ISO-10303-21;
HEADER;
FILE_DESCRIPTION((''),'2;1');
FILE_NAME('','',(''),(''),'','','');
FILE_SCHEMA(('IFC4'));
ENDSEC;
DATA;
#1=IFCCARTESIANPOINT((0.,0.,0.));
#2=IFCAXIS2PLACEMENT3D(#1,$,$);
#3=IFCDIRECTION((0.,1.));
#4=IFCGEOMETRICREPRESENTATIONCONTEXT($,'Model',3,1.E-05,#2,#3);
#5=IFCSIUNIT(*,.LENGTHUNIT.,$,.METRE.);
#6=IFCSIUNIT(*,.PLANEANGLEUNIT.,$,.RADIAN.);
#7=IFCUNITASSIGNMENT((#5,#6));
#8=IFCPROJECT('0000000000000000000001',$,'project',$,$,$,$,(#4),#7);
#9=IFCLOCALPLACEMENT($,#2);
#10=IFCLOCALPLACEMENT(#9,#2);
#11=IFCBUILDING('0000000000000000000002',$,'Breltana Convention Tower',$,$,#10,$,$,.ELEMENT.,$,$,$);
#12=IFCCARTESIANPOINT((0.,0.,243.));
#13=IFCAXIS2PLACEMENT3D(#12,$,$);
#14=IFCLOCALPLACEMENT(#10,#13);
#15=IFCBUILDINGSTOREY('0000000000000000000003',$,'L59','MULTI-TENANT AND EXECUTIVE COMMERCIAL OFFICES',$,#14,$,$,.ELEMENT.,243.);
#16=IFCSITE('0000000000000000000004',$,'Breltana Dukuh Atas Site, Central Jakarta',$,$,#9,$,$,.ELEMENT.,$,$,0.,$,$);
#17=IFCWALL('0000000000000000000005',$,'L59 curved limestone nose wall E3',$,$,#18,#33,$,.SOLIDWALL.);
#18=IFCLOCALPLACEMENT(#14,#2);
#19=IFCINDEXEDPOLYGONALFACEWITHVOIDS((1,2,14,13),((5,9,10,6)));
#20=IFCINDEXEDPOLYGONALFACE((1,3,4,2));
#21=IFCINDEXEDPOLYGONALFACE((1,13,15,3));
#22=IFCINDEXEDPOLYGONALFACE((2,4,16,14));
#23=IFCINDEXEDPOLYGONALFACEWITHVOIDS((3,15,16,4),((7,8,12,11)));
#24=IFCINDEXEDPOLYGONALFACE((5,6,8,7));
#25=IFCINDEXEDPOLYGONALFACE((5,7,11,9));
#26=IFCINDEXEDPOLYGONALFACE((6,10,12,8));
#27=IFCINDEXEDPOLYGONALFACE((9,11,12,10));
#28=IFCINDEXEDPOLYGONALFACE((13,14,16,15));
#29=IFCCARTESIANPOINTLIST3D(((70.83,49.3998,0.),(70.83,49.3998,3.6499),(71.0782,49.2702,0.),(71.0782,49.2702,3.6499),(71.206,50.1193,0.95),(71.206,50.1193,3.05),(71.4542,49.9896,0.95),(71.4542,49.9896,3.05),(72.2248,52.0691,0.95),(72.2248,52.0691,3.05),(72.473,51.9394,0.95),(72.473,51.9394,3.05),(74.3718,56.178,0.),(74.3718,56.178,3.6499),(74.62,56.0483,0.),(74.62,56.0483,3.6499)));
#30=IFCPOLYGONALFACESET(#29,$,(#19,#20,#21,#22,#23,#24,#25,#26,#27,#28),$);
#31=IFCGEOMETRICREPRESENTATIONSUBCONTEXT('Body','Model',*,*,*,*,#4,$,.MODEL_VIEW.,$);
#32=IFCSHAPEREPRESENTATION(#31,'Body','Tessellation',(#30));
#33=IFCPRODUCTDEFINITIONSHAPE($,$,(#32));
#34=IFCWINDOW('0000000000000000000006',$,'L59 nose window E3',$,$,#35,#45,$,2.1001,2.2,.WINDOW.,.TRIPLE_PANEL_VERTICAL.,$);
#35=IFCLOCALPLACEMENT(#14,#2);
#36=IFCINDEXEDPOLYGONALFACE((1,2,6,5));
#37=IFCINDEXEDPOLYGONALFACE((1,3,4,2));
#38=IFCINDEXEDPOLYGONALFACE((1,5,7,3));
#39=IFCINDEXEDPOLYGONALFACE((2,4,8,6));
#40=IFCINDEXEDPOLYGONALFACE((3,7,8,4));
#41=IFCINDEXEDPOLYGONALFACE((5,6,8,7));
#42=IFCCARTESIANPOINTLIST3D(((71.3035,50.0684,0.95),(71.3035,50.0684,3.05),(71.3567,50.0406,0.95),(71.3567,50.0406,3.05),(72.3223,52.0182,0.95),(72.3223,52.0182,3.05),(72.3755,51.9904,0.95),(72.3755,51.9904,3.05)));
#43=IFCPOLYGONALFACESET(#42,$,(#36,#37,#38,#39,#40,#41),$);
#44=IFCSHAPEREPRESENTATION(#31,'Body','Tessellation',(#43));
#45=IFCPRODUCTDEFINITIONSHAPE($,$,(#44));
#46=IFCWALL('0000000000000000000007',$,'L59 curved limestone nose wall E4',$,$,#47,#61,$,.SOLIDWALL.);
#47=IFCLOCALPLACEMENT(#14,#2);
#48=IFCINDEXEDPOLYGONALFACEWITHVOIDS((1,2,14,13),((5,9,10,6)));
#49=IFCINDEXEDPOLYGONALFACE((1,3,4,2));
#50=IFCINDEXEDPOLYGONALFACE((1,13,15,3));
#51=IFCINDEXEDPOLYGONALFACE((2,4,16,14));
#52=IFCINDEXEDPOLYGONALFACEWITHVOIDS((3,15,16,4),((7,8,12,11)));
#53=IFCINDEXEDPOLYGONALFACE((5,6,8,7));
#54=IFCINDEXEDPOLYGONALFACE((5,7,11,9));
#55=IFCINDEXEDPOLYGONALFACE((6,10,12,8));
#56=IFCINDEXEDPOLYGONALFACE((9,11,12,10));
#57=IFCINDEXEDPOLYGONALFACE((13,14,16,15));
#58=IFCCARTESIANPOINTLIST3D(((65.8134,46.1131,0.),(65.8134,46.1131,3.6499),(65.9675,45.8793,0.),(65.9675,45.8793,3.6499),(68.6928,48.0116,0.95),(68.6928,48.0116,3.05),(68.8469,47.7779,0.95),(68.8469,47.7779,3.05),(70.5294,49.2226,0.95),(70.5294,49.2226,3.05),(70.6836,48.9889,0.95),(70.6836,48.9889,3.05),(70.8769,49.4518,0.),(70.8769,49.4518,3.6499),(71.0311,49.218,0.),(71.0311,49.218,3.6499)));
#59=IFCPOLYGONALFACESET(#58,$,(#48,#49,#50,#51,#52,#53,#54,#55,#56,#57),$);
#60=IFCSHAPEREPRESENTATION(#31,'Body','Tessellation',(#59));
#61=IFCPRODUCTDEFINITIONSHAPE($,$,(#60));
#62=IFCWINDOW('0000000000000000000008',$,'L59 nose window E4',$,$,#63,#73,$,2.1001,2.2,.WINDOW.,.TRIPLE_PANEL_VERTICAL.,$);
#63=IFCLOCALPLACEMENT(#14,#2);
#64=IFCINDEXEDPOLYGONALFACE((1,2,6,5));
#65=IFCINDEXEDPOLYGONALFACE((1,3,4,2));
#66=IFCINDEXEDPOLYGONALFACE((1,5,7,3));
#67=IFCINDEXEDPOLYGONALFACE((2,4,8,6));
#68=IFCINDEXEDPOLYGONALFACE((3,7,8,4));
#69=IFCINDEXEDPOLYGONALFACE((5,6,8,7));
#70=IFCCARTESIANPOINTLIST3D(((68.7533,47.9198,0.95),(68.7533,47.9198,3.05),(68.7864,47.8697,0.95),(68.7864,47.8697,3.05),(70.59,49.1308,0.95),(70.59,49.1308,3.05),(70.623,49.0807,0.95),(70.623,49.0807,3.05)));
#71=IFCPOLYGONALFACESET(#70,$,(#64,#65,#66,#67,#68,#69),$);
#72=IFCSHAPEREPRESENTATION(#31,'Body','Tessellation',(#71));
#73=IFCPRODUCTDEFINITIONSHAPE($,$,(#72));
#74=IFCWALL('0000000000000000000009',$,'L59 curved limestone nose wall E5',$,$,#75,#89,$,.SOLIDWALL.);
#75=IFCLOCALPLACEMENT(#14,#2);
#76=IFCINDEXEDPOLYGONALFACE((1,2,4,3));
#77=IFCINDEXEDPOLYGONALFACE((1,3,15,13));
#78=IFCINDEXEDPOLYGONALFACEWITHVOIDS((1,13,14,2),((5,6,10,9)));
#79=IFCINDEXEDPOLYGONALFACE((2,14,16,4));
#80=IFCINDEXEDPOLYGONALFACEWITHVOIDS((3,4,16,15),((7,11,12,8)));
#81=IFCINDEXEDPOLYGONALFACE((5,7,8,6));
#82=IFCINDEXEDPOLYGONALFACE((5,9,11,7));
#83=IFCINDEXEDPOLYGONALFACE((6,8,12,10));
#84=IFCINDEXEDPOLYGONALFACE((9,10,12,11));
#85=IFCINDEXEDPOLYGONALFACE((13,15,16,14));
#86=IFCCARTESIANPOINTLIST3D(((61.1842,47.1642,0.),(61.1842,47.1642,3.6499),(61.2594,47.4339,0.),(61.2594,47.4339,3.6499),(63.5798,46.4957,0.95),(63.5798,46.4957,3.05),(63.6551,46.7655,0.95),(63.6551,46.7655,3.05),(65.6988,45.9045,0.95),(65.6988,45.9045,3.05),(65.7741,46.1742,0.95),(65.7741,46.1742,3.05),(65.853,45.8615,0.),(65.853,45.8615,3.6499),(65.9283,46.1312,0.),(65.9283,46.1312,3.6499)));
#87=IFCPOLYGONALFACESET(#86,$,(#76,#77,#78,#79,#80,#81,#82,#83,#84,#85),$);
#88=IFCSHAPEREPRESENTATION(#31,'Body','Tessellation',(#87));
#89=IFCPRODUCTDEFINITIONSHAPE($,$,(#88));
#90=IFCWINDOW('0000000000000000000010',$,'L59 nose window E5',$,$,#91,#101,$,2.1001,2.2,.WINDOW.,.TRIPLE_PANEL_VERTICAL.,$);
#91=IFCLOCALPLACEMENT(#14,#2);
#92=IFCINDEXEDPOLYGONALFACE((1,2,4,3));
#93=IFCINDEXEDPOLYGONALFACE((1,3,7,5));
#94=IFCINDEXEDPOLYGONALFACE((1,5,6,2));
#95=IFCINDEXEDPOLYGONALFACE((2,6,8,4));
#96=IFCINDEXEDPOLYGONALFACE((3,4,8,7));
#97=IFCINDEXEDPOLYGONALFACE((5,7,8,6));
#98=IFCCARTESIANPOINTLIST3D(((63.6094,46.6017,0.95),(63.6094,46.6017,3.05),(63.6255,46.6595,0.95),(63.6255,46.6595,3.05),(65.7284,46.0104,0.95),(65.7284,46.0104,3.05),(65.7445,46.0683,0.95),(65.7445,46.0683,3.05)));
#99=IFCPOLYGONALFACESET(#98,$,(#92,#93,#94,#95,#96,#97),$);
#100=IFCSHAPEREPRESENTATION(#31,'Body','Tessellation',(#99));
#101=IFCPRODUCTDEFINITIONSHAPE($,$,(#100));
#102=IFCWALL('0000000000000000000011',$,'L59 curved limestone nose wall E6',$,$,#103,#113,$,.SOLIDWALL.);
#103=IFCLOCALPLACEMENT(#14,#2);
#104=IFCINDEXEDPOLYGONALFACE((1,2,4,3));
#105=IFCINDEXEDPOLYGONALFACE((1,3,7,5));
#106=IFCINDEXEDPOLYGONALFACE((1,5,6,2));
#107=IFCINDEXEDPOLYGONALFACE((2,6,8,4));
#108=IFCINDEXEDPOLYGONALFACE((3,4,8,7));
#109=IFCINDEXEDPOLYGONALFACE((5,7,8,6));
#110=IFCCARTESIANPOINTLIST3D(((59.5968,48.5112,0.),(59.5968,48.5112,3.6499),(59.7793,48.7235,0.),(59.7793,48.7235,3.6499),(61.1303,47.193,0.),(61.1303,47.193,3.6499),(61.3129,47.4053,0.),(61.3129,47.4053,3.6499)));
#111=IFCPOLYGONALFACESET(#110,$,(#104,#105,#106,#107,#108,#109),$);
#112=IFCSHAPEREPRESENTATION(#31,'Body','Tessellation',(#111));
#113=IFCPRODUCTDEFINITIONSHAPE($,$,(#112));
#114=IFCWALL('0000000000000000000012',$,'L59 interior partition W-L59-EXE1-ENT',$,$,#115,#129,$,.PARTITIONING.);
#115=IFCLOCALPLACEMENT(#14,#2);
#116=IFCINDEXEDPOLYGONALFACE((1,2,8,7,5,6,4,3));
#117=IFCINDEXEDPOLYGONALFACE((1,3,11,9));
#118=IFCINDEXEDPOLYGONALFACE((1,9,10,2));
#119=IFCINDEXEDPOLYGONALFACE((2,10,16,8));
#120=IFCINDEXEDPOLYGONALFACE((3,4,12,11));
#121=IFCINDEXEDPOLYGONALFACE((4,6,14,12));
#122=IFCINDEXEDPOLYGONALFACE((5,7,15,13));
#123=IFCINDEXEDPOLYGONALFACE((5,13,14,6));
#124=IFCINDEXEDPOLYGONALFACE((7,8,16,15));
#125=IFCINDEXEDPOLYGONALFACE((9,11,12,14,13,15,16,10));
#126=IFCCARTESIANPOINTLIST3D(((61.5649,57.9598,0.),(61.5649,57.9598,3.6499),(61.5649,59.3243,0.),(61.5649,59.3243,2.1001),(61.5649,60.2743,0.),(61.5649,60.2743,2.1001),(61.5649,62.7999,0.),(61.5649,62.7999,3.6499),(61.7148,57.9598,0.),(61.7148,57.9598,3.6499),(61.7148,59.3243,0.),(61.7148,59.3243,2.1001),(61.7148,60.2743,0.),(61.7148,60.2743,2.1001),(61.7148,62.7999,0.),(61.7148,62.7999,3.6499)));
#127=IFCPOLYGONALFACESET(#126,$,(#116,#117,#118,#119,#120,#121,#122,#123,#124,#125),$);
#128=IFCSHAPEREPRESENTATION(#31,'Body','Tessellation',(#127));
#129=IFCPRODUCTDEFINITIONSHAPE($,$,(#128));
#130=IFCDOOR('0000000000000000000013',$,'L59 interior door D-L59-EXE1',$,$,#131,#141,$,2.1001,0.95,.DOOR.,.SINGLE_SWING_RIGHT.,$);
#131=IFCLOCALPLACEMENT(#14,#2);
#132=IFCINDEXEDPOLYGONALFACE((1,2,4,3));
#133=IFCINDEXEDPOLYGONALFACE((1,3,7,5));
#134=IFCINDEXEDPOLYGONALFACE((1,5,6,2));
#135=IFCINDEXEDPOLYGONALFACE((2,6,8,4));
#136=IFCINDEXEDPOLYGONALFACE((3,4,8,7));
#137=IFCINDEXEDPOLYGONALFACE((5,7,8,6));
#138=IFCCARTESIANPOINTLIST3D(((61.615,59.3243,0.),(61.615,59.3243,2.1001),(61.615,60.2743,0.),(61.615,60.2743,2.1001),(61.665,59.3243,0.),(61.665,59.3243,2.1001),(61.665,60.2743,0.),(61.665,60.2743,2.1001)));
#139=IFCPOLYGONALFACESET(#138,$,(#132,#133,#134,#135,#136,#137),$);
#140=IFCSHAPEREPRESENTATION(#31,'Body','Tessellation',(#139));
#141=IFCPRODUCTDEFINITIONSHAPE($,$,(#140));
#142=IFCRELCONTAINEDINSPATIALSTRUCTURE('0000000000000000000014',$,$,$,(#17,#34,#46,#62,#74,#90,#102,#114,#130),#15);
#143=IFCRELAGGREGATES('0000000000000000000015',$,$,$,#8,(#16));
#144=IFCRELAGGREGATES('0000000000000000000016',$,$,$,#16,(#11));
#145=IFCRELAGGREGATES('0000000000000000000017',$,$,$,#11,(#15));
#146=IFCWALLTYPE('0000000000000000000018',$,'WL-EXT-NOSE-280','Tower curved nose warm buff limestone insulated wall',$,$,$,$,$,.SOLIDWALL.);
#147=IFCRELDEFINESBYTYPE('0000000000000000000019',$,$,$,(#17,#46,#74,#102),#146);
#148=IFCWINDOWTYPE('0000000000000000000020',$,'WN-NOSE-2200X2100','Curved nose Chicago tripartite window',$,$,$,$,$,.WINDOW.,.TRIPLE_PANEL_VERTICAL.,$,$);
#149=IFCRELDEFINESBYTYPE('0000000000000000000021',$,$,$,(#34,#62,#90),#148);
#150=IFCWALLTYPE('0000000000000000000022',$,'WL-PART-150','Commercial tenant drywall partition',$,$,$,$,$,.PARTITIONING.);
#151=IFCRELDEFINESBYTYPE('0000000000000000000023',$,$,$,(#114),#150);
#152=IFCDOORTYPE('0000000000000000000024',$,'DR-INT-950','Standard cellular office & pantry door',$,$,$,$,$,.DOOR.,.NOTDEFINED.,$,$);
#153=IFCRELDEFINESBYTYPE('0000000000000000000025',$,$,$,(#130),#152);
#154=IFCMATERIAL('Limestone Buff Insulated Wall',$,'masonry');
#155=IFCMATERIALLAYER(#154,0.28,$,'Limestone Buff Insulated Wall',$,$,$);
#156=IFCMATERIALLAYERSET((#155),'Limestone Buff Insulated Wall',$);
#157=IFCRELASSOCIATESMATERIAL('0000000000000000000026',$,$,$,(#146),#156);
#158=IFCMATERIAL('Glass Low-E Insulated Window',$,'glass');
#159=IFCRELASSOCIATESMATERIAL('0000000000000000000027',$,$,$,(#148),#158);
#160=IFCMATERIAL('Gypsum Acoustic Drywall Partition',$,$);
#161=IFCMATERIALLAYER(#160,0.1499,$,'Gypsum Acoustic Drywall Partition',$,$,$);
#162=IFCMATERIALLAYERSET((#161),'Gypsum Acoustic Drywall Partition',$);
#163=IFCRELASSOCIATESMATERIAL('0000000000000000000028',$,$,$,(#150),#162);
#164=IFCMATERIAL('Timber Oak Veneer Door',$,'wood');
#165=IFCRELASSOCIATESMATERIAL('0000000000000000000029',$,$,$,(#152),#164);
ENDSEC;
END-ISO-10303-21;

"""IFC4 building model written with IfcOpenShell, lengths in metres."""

from ifc_helpers import new_model, si_unit, direction, frame, frame_2d, origin, place, context, subcontext, project, spatial, rectangle, extrude, source, transform, mapped, material, layer, layer_set, type_object, type_shapes, element, fill, save


model = new_model("IFC4")

# Units and contexts
model_context = context("Model", 3, precision=1e-05, world=origin(), true_north=direction((0.0, 1.0)))
body_context = subcontext(model_context, "Body", "Model", "MODEL_VIEW")
ifc_project = project(units=[si_unit("LENGTHUNIT", "METRE"), si_unit("PLANEANGLEUNIT", "RADIAN")], contexts=[model_context])

# Site, building, storey
site_placement = place(None, origin())
site = spatial("IfcSite", under=ifc_project, at=site_placement, Name="Breltana Dukuh Atas Site, Central Jakarta", CompositionType="ELEMENT", RefElevation=0.0)
building_placement = place(site_placement, origin())
building = spatial("IfcBuilding", under=site, at=building_placement, Name="Breltana Convention Tower", CompositionType="ELEMENT")
storey_placement = place(building_placement, frame((0.0, 0.0, 243.0)))
storey = spatial("IfcBuildingStorey", under=building, at=storey_placement, Name="L59", Description="MULTI-TENANT AND EXECUTIVE COMMERCIAL OFFICES", CompositionType="ELEMENT", Elevation=243.0)

# Walls, openings, windows
ifc_material_1 = material(Name="Limestone Buff Insulated Wall", Category="masonry")
ifc_layer_1 = layer(ifc_material_1, 0.28, Name="Limestone Buff Insulated Wall")
ifc_layer_set_1 = layer_set([ifc_layer_1], Name="Limestone Buff Insulated Wall")
wall_type_1 = type_object("IfcWallType", Name="WL-EXT-NOSE-280", Description="Tower curved nose warm buff limestone insulated wall", PredefinedType="SOLIDWALL", material=ifc_layer_set_1)
shared_shape_1 = source(origin(), body_context, "Body", "SweptSolid", [
    extrude(rectangle(XDim=7.6477, YDim=0.28, at=frame_2d((3.8237, 0.0))), origin(), (0.0, 0.0, 1.0), 3.6499),
])
wall_1_placement = place(storey_placement, frame((74.4958, 56.113, 0.0), z_axis=(0.0, 0.0, 1.0), x_axis=(-0.463117, -0.886297, 0.0)))
wall_1 = element("IfcWall", 1, at=wall_1_placement, inside=storey, type_object=wall_type_1, Name="L59 curved limestone nose wall E3", PredefinedType="SOLIDWALL", context=body_context, shape_type="MappedRepresentation", body=[
    mapped(shared_shape_1, transform((0.0, 0.0, 0.0), scale=1.0)),
])
opening_1_placement = place(wall_1_placement, frame((4.6357, 0.0, 0.95)))
opening_1 = element("IfcOpeningElement", 2, at=opening_1_placement, cuts=wall_1, PredefinedType="OPENING", context=body_context, shape_type="SweptSolid", body=[
    extrude(rectangle(XDim=2.2, YDim=2.1001, at=frame_2d((1.1001, 1.05))), frame((0.0, 0.1499, 0.0), z_axis=(0.0, -1.0, 0.0), x_axis=(1.0, 0.0, 0.0)), (0.0, 0.0, 1.0), 0.3),
])
ifc_material_2 = material(Name="Glass Low-E Insulated Window", Category="glass")
window_type = type_object("IfcWindowType", Name="WN-NOSE-2200X2100", Description="Curved nose Chicago tripartite window", PartitioningType="TRIPLE_PANEL_VERTICAL", PredefinedType="WINDOW", material=ifc_material_2)
shared_shape_2 = source(origin(), body_context, "Body", "SweptSolid", [
    extrude(rectangle(XDim=2.2, YDim=2.1001, at=frame_2d((1.1001, 1.05))), frame((0.0, 0.03, 0.0), z_axis=(0.0, -1.0, 0.0), x_axis=(1.0, 0.0, 0.0)), (0.0, 0.0, 1.0), 0.0601),
])
type_shapes(window_type, [shared_shape_2])
window_1_placement = place(opening_1_placement, origin())
window_1 = element("IfcWindow", 3, at=window_1_placement, inside=storey, type_object=window_type, Name="L59 nose window E3", OverallHeight=2.1001, OverallWidth=2.2, PartitioningType="TRIPLE_PANEL_VERTICAL", PredefinedType="WINDOW", context=body_context, shape_type="MappedRepresentation", body=[
    mapped(shared_shape_2, transform((0.0, 0.0, 0.0), scale=1.0)),
])
fill(opening_1, window_1)
shared_shape_3 = source(origin(), body_context, "Body", "SweptSolid", [
    extrude(rectangle(XDim=6.0652, YDim=0.28, at=frame_2d((3.0327, 0.0))), origin(), (0.0, 0.0, 1.0), 3.6499),
])
wall_2_placement = place(storey_placement, frame((70.9541, 49.335, 0.0), z_axis=(0.0, 0.0, 1.0), x_axis=(-0.834857, -0.550466, 0.0)))
wall_2 = element("IfcWall", 4, at=wall_2_placement, inside=storey, type_object=wall_type_1, Name="L59 curved limestone nose wall E4", PredefinedType="SOLIDWALL", context=body_context, shape_type="MappedRepresentation", body=[
    mapped(shared_shape_3, transform((0.0, 0.0, 0.0), scale=1.0)),
])
opening_2_placement = place(wall_2_placement, frame((0.4163, 0.0, 0.95)))
opening_2 = element("IfcOpeningElement", 5, at=opening_2_placement, cuts=wall_2, PredefinedType="OPENING", context=body_context, shape_type="SweptSolid", body=[
    extrude(rectangle(XDim=2.2, YDim=2.1001, at=frame_2d((1.1001, 1.05))), frame((0.0, 0.1499, 0.0), z_axis=(0.0, -1.0, 0.0), x_axis=(1.0, 0.0, 0.0)), (0.0, 0.0, 1.0), 0.3),
])
window_2_placement = place(opening_2_placement, origin())
window_2 = element("IfcWindow", 6, at=window_2_placement, inside=storey, type_object=window_type, Name="L59 nose window E4", OverallHeight=2.1001, OverallWidth=2.2, PartitioningType="TRIPLE_PANEL_VERTICAL", PredefinedType="WINDOW", context=body_context, shape_type="MappedRepresentation", body=[
    mapped(shared_shape_2, transform((0.0, 0.0, 0.0), scale=1.0)),
])
fill(opening_2, window_2)
shared_shape_4 = source(origin(), body_context, "Body", "SweptSolid", [
    extrude(rectangle(XDim=4.8472, YDim=0.28, at=frame_2d((2.4236, 0.0))), origin(), (0.0, 0.0, 1.0), 3.6499),
])
wall_3_placement = place(storey_placement, frame((65.8906, 45.9963, 0.0), z_axis=(0.0, 0.0, 1.0), x_axis=(-0.963208, 0.268756, 0.0)))
wall_3 = element("IfcWall", 7, at=wall_3_placement, inside=storey, type_object=wall_type_1, Name="L59 curved limestone nose wall E5", PredefinedType="SOLIDWALL", context=body_context, shape_type="MappedRepresentation", body=[
    mapped(shared_shape_4, transform((0.0, 0.0, 0.0), scale=1.0)),
])
opening_3_placement = place(wall_3_placement, frame((0.1599, 0.0, 0.95)))
opening_3 = element("IfcOpeningElement", 8, at=opening_3_placement, cuts=wall_3, PredefinedType="OPENING", context=body_context, shape_type="SweptSolid", body=[
    extrude(rectangle(XDim=2.2, YDim=2.1001, at=frame_2d((1.1001, 1.05))), frame((0.0, 0.1499, 0.0), z_axis=(0.0, -1.0, 0.0), x_axis=(1.0, 0.0, 0.0)), (0.0, 0.0, 1.0), 0.3),
])
window_3_placement = place(opening_3_placement, origin())
window_3 = element("IfcWindow", 9, at=window_3_placement, inside=storey, type_object=window_type, Name="L59 nose window E5", OverallHeight=2.1001, OverallWidth=2.2, PartitioningType="TRIPLE_PANEL_VERTICAL", PredefinedType="WINDOW", context=body_context, shape_type="MappedRepresentation", body=[
    mapped(shared_shape_2, transform((0.0, 0.0, 0.0), scale=1.0)),
])
fill(opening_3, window_3)

# Wall
shared_shape_5 = source(origin(), body_context, "Body", "SweptSolid", [
    extrude(rectangle(XDim=2.0222, YDim=0.28, at=frame_2d((1.0112, 0.0))), origin(), (0.0, 0.0, 1.0), 3.6499),
])
wall_4_placement = place(storey_placement, frame((61.2217, 47.2991, 0.0), z_axis=(0.0, 0.0, 1.0), x_axis=(-0.758344, 0.651855, 0.0)))
element("IfcWall", 10, at=wall_4_placement, inside=storey, type_object=wall_type_1, Name="L59 curved limestone nose wall E6", PredefinedType="SOLIDWALL", context=body_context, shape_type="MappedRepresentation", body=[
    mapped(shared_shape_5, transform((0.0, 0.0, 0.0), scale=1.0)),
])

# Wall, opening, door
ifc_material_3 = material(Name="Gypsum Acoustic Drywall Partition")
ifc_layer_2 = layer(ifc_material_3, 0.1499, Name="Gypsum Acoustic Drywall Partition")
ifc_layer_set_2 = layer_set([ifc_layer_2], Name="Gypsum Acoustic Drywall Partition")
wall_type_2 = type_object("IfcWallType", Name="WL-PART-150", Description="Commercial tenant drywall partition", PredefinedType="PARTITIONING", material=ifc_layer_set_2)
shared_shape_6 = source(origin(), body_context, "Body", "SweptSolid", [
    extrude(rectangle(XDim=4.8401, YDim=0.1499, at=frame_2d((2.4199, 0.0))), origin(), (0.0, 0.0, 1.0), 3.6499),
])
wall_5_placement = place(storey_placement, frame((61.6399, 57.96, 0.0), z_axis=(0.0, 0.0, 1.0), x_axis=(0.0, 1.0, 0.0)))
wall_5 = element("IfcWall", 11, at=wall_5_placement, inside=storey, type_object=wall_type_2, Name="L59 interior partition W-L59-EXE1-ENT", PredefinedType="PARTITIONING", context=body_context, shape_type="MappedRepresentation", body=[
    mapped(shared_shape_6, transform((0.0, 0.0, 0.0), scale=1.0)),
])
opening_4_placement = place(wall_5_placement, frame((1.3643, 0.0, 0.0)))
opening_4 = element("IfcOpeningElement", 12, at=opening_4_placement, cuts=wall_5, PredefinedType="OPENING", context=body_context, shape_type="SweptSolid", body=[
    extrude(rectangle(XDim=0.95, YDim=2.1001, at=frame_2d((0.4751, 1.05))), frame((0.0, 0.085, 0.0), z_axis=(0.0, -1.0, 0.0), x_axis=(1.0, 0.0, 0.0)), (0.0, 0.0, 1.0), 0.1699),
])
ifc_material_4 = material(Name="Timber Oak Veneer Door", Category="wood")
door_type = type_object("IfcDoorType", Name="DR-INT-950", Description="Standard cellular office & pantry door", OperationType="NOTDEFINED", PredefinedType="DOOR", material=ifc_material_4)
shared_shape_7 = source(origin(), body_context, "Body", "SweptSolid", [
    extrude(rectangle(XDim=0.95, YDim=2.1001, at=frame_2d((0.4751, 1.05))), frame((0.0, 0.0249, 0.0), z_axis=(0.0, -1.0, 0.0), x_axis=(1.0, 0.0, 0.0)), (0.0, 0.0, 1.0), 0.05),
])
type_shapes(door_type, [shared_shape_7])
door_placement = place(opening_4_placement, origin())
door = element("IfcDoor", 13, at=door_placement, inside=storey, type_object=door_type, Name="L59 interior door D-L59-EXE1", OperationType="SINGLE_SWING_RIGHT", OverallHeight=2.1001, OverallWidth=0.95, PredefinedType="DOOR", context=body_context, shape_type="MappedRepresentation", body=[
    mapped(shared_shape_7, transform((0.0, 0.0, 0.0), scale=1.0)),
])
fill(opening_4, door)

save(model, "model.ifc")
